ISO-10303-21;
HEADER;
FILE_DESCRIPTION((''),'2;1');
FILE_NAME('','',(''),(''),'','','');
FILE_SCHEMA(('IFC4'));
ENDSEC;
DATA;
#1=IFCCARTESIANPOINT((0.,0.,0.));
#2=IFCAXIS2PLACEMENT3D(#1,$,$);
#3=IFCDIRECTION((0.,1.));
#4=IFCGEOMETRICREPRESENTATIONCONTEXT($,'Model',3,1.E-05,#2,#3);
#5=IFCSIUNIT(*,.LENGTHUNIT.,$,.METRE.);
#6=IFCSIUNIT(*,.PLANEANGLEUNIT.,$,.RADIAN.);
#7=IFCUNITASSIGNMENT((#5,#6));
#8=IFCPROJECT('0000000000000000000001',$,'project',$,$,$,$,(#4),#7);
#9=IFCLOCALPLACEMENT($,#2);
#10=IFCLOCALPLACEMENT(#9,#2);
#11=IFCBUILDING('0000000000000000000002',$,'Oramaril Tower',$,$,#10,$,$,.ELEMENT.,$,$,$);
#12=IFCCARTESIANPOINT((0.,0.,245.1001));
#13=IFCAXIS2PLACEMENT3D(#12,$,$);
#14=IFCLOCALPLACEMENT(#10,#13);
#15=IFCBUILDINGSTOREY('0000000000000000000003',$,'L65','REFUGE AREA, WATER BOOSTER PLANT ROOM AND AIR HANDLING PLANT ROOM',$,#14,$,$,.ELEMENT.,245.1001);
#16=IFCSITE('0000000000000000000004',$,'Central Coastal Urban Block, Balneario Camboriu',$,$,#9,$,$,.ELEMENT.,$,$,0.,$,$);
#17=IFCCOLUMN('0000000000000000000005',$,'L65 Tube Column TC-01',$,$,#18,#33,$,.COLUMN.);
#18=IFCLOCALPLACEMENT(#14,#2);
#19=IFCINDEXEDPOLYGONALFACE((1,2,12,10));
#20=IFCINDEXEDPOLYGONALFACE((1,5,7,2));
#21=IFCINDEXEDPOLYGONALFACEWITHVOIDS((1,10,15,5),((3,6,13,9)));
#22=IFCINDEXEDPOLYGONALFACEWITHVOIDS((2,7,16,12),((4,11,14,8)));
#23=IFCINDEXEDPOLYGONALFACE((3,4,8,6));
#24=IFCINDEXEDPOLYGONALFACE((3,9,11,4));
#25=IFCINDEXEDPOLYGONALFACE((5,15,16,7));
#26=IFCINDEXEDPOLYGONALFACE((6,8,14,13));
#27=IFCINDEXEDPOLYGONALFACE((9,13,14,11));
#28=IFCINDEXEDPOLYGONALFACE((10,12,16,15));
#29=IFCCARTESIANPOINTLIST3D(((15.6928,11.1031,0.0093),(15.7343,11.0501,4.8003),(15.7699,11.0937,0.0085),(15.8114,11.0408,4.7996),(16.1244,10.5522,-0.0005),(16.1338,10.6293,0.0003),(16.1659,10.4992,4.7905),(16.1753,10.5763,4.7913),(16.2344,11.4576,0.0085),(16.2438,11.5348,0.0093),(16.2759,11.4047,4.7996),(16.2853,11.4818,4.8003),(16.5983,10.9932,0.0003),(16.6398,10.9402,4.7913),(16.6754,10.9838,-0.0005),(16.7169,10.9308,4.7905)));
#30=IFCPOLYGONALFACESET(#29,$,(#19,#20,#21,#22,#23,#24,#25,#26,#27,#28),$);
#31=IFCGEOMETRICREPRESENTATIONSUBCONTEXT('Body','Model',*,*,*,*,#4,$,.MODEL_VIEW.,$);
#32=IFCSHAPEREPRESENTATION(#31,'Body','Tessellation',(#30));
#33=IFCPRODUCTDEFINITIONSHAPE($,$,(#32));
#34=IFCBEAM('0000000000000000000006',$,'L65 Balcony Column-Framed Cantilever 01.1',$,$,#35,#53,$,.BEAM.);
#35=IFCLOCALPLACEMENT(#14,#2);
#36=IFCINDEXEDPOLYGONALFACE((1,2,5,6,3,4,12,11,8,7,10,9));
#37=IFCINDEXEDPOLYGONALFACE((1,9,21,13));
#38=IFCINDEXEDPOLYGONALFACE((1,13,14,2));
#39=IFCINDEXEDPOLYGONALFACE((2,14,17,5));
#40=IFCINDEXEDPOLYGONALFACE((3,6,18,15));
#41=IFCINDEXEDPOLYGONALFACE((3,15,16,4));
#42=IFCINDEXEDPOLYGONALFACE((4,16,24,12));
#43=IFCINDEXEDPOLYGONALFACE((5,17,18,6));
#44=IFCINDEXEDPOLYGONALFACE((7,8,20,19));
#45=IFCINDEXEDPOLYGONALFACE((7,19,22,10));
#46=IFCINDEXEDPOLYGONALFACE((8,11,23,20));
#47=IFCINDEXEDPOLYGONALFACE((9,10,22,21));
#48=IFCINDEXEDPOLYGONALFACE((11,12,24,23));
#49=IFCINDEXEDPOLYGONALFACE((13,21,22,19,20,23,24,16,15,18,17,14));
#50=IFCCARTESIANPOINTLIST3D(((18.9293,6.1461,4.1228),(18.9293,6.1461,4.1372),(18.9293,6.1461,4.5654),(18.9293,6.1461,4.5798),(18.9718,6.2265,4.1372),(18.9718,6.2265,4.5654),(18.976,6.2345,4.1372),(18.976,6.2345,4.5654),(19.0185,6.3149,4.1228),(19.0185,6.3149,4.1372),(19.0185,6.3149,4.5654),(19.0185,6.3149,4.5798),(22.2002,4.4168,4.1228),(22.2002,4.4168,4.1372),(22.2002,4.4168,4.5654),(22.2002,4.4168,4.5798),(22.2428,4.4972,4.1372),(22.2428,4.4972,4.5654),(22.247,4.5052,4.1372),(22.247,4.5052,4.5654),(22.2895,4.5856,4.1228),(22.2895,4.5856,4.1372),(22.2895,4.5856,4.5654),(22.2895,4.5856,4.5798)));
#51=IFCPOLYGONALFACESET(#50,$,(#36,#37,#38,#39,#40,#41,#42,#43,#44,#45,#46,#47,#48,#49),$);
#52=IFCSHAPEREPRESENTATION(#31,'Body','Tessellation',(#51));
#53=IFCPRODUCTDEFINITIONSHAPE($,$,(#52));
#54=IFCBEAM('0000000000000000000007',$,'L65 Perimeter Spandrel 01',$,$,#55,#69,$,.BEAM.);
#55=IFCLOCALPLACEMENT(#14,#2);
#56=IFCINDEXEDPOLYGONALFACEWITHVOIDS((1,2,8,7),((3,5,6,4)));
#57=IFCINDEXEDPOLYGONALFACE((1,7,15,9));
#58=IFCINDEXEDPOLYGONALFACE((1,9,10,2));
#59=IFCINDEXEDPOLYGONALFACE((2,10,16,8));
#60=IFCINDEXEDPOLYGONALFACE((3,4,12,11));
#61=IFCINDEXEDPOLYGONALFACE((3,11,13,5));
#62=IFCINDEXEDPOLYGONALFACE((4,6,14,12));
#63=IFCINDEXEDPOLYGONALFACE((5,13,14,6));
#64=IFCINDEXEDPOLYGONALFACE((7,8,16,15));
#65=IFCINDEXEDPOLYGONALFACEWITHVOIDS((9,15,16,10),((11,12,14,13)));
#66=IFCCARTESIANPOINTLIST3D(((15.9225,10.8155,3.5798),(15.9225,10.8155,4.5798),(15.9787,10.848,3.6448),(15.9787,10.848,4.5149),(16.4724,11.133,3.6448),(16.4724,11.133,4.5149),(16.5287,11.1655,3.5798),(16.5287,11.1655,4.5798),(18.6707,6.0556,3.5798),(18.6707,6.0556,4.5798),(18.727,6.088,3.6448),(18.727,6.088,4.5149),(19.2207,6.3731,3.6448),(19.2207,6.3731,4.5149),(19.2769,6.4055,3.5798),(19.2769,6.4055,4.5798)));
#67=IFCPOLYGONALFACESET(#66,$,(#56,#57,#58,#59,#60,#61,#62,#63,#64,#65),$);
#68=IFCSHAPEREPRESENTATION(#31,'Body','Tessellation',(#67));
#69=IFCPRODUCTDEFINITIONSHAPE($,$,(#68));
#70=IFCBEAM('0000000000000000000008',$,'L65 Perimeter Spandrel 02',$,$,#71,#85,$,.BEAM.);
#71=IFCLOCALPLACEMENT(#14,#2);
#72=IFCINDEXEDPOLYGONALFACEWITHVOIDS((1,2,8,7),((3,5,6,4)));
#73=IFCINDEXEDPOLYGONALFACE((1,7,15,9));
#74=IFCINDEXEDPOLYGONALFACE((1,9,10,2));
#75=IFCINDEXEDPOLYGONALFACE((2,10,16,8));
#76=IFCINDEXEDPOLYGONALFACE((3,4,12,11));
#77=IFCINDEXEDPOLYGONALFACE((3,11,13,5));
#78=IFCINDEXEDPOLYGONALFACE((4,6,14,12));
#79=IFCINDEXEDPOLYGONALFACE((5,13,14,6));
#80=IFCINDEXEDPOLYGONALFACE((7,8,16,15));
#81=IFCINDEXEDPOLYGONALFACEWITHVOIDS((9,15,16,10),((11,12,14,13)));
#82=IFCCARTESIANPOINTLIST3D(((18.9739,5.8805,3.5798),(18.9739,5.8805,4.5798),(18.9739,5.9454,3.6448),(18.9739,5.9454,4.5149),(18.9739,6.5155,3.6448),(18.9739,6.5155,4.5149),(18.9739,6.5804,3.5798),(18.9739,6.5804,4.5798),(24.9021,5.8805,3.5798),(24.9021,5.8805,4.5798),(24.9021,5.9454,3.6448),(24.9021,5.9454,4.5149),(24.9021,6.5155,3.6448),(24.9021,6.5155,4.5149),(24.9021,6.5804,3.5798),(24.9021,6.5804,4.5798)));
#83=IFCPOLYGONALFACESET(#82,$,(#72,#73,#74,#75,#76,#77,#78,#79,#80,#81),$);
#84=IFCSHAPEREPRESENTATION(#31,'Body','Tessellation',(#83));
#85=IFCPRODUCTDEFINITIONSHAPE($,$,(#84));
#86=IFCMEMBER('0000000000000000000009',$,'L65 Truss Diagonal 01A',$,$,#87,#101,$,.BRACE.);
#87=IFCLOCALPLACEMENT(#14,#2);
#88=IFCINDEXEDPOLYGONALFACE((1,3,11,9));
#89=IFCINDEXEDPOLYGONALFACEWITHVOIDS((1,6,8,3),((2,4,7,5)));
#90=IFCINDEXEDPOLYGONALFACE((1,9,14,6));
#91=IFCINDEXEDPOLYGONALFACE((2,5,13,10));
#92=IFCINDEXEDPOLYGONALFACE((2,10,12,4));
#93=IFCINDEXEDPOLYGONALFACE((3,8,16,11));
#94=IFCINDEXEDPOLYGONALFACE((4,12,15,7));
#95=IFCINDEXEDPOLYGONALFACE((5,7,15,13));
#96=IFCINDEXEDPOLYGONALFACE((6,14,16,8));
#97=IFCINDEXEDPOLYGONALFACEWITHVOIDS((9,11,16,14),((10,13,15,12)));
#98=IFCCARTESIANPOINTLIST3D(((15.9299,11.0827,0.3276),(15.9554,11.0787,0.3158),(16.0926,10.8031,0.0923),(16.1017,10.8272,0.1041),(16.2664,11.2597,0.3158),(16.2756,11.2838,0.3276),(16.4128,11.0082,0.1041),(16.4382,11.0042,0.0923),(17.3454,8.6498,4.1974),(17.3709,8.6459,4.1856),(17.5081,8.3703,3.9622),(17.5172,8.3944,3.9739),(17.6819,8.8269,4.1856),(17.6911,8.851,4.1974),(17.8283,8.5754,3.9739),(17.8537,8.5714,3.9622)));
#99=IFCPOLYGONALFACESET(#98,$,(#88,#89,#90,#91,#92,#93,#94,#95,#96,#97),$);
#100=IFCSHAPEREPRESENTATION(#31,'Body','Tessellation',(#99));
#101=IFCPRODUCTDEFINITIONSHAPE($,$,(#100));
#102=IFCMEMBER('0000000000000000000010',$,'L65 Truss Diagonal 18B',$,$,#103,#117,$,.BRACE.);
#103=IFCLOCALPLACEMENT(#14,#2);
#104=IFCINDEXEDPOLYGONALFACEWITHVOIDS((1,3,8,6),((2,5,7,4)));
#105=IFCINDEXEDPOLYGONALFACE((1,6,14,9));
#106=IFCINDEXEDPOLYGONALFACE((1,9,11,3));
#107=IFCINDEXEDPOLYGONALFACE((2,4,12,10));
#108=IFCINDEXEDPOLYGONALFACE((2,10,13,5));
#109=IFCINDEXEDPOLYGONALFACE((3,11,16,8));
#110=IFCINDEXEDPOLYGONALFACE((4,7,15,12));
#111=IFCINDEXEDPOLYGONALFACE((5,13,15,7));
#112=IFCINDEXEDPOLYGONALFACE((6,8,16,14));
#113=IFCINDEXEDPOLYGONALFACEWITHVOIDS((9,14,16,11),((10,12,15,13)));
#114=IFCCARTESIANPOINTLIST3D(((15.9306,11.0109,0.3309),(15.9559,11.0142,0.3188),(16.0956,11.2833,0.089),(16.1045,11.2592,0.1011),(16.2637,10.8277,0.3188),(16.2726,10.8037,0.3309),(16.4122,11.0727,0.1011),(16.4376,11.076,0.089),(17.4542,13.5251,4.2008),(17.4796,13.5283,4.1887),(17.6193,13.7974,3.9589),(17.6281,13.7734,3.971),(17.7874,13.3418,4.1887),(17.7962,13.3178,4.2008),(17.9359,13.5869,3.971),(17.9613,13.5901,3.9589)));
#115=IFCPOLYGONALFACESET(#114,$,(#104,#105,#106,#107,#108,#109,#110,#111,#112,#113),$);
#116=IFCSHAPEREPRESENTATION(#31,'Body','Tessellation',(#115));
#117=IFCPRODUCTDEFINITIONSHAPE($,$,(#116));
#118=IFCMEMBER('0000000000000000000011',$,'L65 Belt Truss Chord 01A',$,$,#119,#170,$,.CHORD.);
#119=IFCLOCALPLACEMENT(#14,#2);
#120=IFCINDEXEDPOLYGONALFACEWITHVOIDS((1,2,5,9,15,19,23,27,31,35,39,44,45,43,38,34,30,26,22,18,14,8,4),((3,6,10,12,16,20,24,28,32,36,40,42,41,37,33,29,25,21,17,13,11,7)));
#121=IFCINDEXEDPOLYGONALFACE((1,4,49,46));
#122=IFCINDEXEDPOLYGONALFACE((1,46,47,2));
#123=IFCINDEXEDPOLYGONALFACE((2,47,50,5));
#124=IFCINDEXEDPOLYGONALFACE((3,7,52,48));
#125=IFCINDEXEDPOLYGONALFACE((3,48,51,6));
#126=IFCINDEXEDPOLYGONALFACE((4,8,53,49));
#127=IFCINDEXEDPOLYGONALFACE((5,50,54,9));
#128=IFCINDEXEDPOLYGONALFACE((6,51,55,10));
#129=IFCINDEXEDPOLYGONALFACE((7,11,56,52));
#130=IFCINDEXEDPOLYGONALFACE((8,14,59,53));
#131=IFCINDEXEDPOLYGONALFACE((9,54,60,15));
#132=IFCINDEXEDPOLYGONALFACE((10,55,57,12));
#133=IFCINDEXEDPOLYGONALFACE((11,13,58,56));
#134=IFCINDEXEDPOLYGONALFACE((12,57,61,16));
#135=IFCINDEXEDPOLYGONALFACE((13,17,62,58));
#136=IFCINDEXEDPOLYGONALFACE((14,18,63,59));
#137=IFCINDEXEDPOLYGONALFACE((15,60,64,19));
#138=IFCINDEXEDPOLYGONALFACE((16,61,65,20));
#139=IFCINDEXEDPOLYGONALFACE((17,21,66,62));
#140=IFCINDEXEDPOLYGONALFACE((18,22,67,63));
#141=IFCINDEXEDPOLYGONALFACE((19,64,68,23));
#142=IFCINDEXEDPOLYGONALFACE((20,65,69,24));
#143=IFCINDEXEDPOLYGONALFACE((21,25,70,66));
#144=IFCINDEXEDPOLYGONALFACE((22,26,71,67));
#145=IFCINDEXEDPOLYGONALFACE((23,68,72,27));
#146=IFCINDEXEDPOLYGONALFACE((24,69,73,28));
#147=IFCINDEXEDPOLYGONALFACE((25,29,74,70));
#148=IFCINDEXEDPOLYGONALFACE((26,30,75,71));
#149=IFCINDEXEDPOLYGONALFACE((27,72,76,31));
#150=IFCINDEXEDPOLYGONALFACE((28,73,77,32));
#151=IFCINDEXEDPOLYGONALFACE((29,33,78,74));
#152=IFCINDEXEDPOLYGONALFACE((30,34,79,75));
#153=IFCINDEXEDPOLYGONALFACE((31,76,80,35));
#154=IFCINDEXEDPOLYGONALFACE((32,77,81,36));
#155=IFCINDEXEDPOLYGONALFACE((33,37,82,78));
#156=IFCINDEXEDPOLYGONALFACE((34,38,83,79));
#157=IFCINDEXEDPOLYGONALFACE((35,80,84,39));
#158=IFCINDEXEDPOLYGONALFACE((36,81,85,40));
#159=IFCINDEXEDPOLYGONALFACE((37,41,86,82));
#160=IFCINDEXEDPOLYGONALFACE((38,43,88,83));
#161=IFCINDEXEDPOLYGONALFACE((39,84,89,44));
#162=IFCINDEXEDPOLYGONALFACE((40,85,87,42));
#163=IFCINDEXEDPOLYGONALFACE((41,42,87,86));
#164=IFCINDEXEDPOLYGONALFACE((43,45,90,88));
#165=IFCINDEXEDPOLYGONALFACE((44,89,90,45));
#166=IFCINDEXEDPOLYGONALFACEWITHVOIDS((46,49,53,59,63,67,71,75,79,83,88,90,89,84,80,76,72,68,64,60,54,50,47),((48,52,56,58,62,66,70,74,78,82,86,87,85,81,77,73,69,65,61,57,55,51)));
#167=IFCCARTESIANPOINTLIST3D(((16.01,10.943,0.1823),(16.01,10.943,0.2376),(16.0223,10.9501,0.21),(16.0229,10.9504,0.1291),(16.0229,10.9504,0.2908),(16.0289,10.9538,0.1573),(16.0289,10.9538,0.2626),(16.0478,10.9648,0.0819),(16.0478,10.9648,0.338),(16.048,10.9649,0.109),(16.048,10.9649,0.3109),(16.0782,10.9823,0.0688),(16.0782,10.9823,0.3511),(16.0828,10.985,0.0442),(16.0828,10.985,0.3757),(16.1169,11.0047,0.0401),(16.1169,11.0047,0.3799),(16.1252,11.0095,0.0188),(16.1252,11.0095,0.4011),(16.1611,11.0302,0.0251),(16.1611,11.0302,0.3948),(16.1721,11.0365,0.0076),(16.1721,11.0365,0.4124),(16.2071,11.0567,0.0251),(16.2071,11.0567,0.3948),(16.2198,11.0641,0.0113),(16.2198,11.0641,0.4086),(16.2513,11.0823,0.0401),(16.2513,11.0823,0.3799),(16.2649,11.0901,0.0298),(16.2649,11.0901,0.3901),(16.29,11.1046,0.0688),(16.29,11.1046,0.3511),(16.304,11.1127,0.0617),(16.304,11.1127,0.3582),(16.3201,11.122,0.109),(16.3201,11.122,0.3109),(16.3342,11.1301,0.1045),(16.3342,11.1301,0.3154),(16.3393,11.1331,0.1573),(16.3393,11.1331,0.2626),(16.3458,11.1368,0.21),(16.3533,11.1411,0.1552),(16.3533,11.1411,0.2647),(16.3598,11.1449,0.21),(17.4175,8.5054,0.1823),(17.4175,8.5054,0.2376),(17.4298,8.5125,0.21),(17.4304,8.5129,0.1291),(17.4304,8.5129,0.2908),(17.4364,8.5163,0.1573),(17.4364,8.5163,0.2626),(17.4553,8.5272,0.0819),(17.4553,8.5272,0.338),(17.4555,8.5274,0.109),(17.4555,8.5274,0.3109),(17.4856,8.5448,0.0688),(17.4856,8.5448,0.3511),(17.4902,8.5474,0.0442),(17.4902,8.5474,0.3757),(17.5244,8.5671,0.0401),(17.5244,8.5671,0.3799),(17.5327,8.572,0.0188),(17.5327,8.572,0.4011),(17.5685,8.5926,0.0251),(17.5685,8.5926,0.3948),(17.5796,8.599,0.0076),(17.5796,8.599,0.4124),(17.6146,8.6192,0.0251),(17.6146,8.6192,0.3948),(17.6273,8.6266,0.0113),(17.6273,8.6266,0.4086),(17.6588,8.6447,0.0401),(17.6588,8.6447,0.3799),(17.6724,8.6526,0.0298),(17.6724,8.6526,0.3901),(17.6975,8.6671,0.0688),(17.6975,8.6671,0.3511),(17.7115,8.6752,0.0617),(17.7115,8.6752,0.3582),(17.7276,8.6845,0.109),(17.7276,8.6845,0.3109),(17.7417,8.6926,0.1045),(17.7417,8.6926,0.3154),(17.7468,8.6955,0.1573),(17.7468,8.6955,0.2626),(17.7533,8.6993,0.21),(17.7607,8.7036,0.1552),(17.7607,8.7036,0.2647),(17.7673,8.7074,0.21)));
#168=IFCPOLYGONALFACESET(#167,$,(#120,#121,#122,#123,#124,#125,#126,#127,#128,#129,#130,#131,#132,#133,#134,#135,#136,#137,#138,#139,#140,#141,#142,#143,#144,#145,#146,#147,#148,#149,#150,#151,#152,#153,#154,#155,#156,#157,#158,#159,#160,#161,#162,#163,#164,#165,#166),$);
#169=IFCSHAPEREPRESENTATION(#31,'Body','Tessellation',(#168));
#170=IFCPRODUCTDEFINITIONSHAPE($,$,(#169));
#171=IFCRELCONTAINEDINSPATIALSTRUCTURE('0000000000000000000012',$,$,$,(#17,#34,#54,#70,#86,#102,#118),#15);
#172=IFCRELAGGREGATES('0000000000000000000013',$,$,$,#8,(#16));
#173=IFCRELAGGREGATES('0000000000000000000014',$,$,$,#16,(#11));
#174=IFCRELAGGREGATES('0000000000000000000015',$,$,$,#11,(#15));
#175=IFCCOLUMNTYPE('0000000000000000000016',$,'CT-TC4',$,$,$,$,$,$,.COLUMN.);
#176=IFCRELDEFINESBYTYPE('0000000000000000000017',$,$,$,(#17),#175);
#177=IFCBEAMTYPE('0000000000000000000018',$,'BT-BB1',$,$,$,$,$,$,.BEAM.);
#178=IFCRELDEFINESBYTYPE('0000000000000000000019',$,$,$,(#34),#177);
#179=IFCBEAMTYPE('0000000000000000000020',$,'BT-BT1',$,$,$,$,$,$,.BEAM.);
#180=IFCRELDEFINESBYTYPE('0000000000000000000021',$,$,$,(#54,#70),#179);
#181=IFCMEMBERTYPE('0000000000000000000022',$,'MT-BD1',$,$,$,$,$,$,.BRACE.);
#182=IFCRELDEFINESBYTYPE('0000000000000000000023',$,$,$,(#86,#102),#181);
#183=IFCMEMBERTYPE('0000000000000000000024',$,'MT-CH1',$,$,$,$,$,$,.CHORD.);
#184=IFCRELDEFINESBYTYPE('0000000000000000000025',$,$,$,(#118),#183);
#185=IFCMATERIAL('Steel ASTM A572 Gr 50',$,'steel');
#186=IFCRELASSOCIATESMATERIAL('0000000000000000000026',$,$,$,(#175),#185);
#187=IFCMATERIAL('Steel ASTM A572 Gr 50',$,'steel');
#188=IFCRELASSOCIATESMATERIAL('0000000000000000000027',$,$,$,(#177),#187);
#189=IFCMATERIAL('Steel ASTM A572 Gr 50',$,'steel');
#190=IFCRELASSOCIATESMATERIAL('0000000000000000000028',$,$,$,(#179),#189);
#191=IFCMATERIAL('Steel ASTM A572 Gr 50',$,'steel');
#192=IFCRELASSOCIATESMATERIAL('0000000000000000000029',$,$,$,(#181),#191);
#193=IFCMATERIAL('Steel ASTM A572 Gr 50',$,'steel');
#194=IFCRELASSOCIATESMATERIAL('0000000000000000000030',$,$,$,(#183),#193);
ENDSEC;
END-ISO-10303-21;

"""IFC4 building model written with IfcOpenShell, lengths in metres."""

from ifc_helpers import new_model, si_unit, direction, frame, origin, origin_2d, place, context, subcontext, project, spatial, hollow_rectangle, hollow_circle, i_section, extrude, material, material_profile, profile_set, type_object, element, save


model = new_model("IFC4")

# Units and contexts
model_context = context("Model", 3, precision=1e-05, world=origin(), true_north=direction((0.0, 1.0)))
body_context = subcontext(model_context, "Body", "Model", "MODEL_VIEW")
ifc_project = project(units=[si_unit("LENGTHUNIT", "METRE"), si_unit("PLANEANGLEUNIT", "RADIAN")], contexts=[model_context])

# Site, building, storey
site_placement = place(None, origin())
site = spatial("IfcSite", under=ifc_project, at=site_placement, Name="Central Coastal Urban Block, Balneario Camboriu", CompositionType="ELEMENT", RefElevation=0.0)
building_placement = place(site_placement, origin())
building = spatial("IfcBuilding", under=site, at=building_placement, Name="Oramaril Tower", CompositionType="ELEMENT")
storey_placement = place(building_placement, frame((0.0, 0.0, 245.1001)))
storey = spatial("IfcBuildingStorey", under=building, at=storey_placement, Name="L65", Description="REFUGE AREA, WATER BOOSTER PLANT ROOM AND AIR HANDLING PLANT ROOM", CompositionType="ELEMENT", Elevation=245.1001)

# Column
ifc_material_1 = material(Name="Steel ASTM A572 Gr 50", Category="steel")
ifc_material_profile_1 = material_profile(ifc_material_1, hollow_rectangle(XDim=0.7, YDim=0.7, WallThickness=0.0549, at=origin_2d()), Name="BOX700X700X55")
ifc_profile_set_1 = profile_set([ifc_material_profile_1], Name="Steel ASTM A572 Gr 50")
column_type = type_object("IfcColumnType", Name="CT-TC4", PredefinedType="COLUMN", material=ifc_profile_set_1)
column_placement = place(storey_placement, frame((16.1841, 11.0435, 0.0044), z_axis=(0.008662, -0.011057, 0.999901), x_axis=(0.787199, 0.616699, 0.0)))
element("IfcColumn", 1, at=column_placement, inside=storey, type_object=column_type, Name="L65 Tube Column TC-01", PredefinedType="COLUMN", context=body_context, shape_type="SweptSolid", body=[
    extrude(hollow_rectangle(XDim=0.7, YDim=0.7, WallThickness=0.0549, at=origin_2d()), origin(), (0.0, 0.0, 1.0), 4.7915),
])

# Beams
ifc_material_2 = material(Name="Steel ASTM A572 Gr 50", Category="steel")
ifc_material_profile_2 = material_profile(ifc_material_2, i_section(OverallWidth=0.1909, OverallDepth=0.457, WebThickness=0.009, FlangeThickness=0.0144, at=origin_2d()), Name="W18X50")
ifc_profile_set_2 = profile_set([ifc_material_profile_2], Name="Steel ASTM A572 Gr 50")
beam_type_1 = type_object("IfcBeamType", Name="BT-BB1", PredefinedType="BEAM", material=ifc_profile_set_2)
beam_1_placement = place(storey_placement, frame((18.9739, 6.2305, 4.3513), z_axis=(0.884062, -0.467369, 0.0), x_axis=(0.467369, 0.884062, 0.0)))
element("IfcBeam", 2, at=beam_1_placement, inside=storey, type_object=beam_type_1, Name="L65 Balcony Column-Framed Cantilever 01.1", PredefinedType="BEAM", context=body_context, shape_type="SweptSolid", body=[
    extrude(i_section(OverallWidth=0.1909, OverallDepth=0.457, WebThickness=0.009, FlangeThickness=0.0144, at=origin_2d()), origin(), (0.0, 0.0, 1.0), 3.7),
])
ifc_material_3 = material(Name="Steel ASTM A572 Gr 50", Category="steel")
ifc_material_profile_3 = material_profile(ifc_material_3, hollow_rectangle(XDim=0.7, YDim=1.0, WallThickness=0.0649, at=origin_2d()), Name="BOX1000X700X65")
ifc_profile_set_3 = profile_set([ifc_material_profile_3], Name="Steel ASTM A572 Gr 50")
beam_type_2 = type_object("IfcBeamType", Name="BT-BT1", PredefinedType="BEAM", material=ifc_profile_set_3)
beam_2_placement = place(storey_placement, frame((16.2256, 10.9905, 4.0798), z_axis=(0.500013, -0.866018, 0.0), x_axis=(0.866018, 0.500013, 0.0)))
element("IfcBeam", 3, at=beam_2_placement, inside=storey, type_object=beam_type_2, Name="L65 Perimeter Spandrel 01", PredefinedType="BEAM", context=body_context, shape_type="SweptSolid", body=[
    extrude(hollow_rectangle(XDim=0.7, YDim=1.0, WallThickness=0.0649, at=origin_2d()), origin(), (0.0, 0.0, 1.0), 5.4963),
])
beam_3_placement = place(storey_placement, frame((18.9739, 6.2305, 4.0798), z_axis=(1.0, 0.0, 0.0), x_axis=(0.0, 1.0, 0.0)))
element("IfcBeam", 4, at=beam_3_placement, inside=storey, type_object=beam_type_2, Name="L65 Perimeter Spandrel 02", PredefinedType="BEAM", context=body_context, shape_type="SweptSolid", body=[
    extrude(hollow_rectangle(XDim=0.7, YDim=1.0, WallThickness=0.0649, at=origin_2d()), origin(), (0.0, 0.0, 1.0), 5.9282),
])

# Members
ifc_material_4 = material(Name="Steel ASTM A572 Gr 50", Category="steel")
ifc_material_profile_4 = material_profile(ifc_material_4, hollow_rectangle(XDim=0.3999, YDim=0.3999, WallThickness=0.02, at=origin_2d()), Name="HSS400X400X20")
ifc_profile_set_4 = profile_set([ifc_material_profile_4], Name="Steel ASTM A572 Gr 50")
member_type_1 = type_object("IfcMemberType", Name="MT-BD1", PredefinedType="BRACE", material=ifc_profile_set_4)
member_1_placement = place(storey_placement, frame((16.1841, 11.0435, 0.21), z_axis=(0.295812, -0.50841, 0.808712), x_axis=(0.864341, 0.502905, 0.0)))
element("IfcMember", 5, at=member_1_placement, inside=storey, type_object=member_type_1, Name="L65 Truss Diagonal 01A", PredefinedType="BRACE", context=body_context, shape_type="SweptSolid", body=[
    extrude(hollow_rectangle(XDim=0.3999, YDim=0.3999, WallThickness=0.02, at=origin_2d()), origin(), (0.0, 0.0, 1.0), 4.7852),
])
member_2_placement = place(storey_placement, frame((16.1841, 11.0435, 0.21), z_axis=(0.313522, 0.517329, 0.796288), x_axis=(-0.855206, 0.518289, 0.0)))
element("IfcMember", 6, at=member_2_placement, inside=storey, type_object=member_type_1, Name="L65 Truss Diagonal 18B", PredefinedType="BRACE", context=body_context, shape_type="SweptSolid", body=[
    extrude(hollow_rectangle(XDim=0.3999, YDim=0.3999, WallThickness=0.02, at=origin_2d()), origin(), (0.0, 0.0, 1.0), 4.8599),
])
ifc_material_5 = material(Name="Steel ASTM A572 Gr 50", Category="steel")
ifc_material_profile_5 = material_profile(ifc_material_5, hollow_circle(Radius=0.2029, WallThickness=0.0161, at=origin_2d()), Name="CHS406X16")
ifc_profile_set_5 = profile_set([ifc_material_profile_5], Name="Steel ASTM A572 Gr 50")
member_type_2 = type_object("IfcMemberType", Name="MT-CH1", PredefinedType="CHORD", material=ifc_profile_set_5)
for number, where, z_axis, x_axis, name in (
    (7, (16.1841, 11.0435, 0.21), (0.500048, -0.865998, 0.0), (0.865998, 0.500048, 0.0), "L65 Belt Truss Chord 01A"),
):
    element("IfcMember", number, at=place(storey_placement, frame(where, z_axis=z_axis, x_axis=x_axis)), inside=storey, type_object=member_type_2, Name=name, PredefinedType="CHORD", context=body_context, shape_type="SweptSolid", body=[
        extrude(hollow_circle(Radius=0.2029, WallThickness=0.0161, at=origin_2d()), origin(), (0.0, 0.0, 1.0), 2.8147),
    ])

save(model, "model.ifc")
